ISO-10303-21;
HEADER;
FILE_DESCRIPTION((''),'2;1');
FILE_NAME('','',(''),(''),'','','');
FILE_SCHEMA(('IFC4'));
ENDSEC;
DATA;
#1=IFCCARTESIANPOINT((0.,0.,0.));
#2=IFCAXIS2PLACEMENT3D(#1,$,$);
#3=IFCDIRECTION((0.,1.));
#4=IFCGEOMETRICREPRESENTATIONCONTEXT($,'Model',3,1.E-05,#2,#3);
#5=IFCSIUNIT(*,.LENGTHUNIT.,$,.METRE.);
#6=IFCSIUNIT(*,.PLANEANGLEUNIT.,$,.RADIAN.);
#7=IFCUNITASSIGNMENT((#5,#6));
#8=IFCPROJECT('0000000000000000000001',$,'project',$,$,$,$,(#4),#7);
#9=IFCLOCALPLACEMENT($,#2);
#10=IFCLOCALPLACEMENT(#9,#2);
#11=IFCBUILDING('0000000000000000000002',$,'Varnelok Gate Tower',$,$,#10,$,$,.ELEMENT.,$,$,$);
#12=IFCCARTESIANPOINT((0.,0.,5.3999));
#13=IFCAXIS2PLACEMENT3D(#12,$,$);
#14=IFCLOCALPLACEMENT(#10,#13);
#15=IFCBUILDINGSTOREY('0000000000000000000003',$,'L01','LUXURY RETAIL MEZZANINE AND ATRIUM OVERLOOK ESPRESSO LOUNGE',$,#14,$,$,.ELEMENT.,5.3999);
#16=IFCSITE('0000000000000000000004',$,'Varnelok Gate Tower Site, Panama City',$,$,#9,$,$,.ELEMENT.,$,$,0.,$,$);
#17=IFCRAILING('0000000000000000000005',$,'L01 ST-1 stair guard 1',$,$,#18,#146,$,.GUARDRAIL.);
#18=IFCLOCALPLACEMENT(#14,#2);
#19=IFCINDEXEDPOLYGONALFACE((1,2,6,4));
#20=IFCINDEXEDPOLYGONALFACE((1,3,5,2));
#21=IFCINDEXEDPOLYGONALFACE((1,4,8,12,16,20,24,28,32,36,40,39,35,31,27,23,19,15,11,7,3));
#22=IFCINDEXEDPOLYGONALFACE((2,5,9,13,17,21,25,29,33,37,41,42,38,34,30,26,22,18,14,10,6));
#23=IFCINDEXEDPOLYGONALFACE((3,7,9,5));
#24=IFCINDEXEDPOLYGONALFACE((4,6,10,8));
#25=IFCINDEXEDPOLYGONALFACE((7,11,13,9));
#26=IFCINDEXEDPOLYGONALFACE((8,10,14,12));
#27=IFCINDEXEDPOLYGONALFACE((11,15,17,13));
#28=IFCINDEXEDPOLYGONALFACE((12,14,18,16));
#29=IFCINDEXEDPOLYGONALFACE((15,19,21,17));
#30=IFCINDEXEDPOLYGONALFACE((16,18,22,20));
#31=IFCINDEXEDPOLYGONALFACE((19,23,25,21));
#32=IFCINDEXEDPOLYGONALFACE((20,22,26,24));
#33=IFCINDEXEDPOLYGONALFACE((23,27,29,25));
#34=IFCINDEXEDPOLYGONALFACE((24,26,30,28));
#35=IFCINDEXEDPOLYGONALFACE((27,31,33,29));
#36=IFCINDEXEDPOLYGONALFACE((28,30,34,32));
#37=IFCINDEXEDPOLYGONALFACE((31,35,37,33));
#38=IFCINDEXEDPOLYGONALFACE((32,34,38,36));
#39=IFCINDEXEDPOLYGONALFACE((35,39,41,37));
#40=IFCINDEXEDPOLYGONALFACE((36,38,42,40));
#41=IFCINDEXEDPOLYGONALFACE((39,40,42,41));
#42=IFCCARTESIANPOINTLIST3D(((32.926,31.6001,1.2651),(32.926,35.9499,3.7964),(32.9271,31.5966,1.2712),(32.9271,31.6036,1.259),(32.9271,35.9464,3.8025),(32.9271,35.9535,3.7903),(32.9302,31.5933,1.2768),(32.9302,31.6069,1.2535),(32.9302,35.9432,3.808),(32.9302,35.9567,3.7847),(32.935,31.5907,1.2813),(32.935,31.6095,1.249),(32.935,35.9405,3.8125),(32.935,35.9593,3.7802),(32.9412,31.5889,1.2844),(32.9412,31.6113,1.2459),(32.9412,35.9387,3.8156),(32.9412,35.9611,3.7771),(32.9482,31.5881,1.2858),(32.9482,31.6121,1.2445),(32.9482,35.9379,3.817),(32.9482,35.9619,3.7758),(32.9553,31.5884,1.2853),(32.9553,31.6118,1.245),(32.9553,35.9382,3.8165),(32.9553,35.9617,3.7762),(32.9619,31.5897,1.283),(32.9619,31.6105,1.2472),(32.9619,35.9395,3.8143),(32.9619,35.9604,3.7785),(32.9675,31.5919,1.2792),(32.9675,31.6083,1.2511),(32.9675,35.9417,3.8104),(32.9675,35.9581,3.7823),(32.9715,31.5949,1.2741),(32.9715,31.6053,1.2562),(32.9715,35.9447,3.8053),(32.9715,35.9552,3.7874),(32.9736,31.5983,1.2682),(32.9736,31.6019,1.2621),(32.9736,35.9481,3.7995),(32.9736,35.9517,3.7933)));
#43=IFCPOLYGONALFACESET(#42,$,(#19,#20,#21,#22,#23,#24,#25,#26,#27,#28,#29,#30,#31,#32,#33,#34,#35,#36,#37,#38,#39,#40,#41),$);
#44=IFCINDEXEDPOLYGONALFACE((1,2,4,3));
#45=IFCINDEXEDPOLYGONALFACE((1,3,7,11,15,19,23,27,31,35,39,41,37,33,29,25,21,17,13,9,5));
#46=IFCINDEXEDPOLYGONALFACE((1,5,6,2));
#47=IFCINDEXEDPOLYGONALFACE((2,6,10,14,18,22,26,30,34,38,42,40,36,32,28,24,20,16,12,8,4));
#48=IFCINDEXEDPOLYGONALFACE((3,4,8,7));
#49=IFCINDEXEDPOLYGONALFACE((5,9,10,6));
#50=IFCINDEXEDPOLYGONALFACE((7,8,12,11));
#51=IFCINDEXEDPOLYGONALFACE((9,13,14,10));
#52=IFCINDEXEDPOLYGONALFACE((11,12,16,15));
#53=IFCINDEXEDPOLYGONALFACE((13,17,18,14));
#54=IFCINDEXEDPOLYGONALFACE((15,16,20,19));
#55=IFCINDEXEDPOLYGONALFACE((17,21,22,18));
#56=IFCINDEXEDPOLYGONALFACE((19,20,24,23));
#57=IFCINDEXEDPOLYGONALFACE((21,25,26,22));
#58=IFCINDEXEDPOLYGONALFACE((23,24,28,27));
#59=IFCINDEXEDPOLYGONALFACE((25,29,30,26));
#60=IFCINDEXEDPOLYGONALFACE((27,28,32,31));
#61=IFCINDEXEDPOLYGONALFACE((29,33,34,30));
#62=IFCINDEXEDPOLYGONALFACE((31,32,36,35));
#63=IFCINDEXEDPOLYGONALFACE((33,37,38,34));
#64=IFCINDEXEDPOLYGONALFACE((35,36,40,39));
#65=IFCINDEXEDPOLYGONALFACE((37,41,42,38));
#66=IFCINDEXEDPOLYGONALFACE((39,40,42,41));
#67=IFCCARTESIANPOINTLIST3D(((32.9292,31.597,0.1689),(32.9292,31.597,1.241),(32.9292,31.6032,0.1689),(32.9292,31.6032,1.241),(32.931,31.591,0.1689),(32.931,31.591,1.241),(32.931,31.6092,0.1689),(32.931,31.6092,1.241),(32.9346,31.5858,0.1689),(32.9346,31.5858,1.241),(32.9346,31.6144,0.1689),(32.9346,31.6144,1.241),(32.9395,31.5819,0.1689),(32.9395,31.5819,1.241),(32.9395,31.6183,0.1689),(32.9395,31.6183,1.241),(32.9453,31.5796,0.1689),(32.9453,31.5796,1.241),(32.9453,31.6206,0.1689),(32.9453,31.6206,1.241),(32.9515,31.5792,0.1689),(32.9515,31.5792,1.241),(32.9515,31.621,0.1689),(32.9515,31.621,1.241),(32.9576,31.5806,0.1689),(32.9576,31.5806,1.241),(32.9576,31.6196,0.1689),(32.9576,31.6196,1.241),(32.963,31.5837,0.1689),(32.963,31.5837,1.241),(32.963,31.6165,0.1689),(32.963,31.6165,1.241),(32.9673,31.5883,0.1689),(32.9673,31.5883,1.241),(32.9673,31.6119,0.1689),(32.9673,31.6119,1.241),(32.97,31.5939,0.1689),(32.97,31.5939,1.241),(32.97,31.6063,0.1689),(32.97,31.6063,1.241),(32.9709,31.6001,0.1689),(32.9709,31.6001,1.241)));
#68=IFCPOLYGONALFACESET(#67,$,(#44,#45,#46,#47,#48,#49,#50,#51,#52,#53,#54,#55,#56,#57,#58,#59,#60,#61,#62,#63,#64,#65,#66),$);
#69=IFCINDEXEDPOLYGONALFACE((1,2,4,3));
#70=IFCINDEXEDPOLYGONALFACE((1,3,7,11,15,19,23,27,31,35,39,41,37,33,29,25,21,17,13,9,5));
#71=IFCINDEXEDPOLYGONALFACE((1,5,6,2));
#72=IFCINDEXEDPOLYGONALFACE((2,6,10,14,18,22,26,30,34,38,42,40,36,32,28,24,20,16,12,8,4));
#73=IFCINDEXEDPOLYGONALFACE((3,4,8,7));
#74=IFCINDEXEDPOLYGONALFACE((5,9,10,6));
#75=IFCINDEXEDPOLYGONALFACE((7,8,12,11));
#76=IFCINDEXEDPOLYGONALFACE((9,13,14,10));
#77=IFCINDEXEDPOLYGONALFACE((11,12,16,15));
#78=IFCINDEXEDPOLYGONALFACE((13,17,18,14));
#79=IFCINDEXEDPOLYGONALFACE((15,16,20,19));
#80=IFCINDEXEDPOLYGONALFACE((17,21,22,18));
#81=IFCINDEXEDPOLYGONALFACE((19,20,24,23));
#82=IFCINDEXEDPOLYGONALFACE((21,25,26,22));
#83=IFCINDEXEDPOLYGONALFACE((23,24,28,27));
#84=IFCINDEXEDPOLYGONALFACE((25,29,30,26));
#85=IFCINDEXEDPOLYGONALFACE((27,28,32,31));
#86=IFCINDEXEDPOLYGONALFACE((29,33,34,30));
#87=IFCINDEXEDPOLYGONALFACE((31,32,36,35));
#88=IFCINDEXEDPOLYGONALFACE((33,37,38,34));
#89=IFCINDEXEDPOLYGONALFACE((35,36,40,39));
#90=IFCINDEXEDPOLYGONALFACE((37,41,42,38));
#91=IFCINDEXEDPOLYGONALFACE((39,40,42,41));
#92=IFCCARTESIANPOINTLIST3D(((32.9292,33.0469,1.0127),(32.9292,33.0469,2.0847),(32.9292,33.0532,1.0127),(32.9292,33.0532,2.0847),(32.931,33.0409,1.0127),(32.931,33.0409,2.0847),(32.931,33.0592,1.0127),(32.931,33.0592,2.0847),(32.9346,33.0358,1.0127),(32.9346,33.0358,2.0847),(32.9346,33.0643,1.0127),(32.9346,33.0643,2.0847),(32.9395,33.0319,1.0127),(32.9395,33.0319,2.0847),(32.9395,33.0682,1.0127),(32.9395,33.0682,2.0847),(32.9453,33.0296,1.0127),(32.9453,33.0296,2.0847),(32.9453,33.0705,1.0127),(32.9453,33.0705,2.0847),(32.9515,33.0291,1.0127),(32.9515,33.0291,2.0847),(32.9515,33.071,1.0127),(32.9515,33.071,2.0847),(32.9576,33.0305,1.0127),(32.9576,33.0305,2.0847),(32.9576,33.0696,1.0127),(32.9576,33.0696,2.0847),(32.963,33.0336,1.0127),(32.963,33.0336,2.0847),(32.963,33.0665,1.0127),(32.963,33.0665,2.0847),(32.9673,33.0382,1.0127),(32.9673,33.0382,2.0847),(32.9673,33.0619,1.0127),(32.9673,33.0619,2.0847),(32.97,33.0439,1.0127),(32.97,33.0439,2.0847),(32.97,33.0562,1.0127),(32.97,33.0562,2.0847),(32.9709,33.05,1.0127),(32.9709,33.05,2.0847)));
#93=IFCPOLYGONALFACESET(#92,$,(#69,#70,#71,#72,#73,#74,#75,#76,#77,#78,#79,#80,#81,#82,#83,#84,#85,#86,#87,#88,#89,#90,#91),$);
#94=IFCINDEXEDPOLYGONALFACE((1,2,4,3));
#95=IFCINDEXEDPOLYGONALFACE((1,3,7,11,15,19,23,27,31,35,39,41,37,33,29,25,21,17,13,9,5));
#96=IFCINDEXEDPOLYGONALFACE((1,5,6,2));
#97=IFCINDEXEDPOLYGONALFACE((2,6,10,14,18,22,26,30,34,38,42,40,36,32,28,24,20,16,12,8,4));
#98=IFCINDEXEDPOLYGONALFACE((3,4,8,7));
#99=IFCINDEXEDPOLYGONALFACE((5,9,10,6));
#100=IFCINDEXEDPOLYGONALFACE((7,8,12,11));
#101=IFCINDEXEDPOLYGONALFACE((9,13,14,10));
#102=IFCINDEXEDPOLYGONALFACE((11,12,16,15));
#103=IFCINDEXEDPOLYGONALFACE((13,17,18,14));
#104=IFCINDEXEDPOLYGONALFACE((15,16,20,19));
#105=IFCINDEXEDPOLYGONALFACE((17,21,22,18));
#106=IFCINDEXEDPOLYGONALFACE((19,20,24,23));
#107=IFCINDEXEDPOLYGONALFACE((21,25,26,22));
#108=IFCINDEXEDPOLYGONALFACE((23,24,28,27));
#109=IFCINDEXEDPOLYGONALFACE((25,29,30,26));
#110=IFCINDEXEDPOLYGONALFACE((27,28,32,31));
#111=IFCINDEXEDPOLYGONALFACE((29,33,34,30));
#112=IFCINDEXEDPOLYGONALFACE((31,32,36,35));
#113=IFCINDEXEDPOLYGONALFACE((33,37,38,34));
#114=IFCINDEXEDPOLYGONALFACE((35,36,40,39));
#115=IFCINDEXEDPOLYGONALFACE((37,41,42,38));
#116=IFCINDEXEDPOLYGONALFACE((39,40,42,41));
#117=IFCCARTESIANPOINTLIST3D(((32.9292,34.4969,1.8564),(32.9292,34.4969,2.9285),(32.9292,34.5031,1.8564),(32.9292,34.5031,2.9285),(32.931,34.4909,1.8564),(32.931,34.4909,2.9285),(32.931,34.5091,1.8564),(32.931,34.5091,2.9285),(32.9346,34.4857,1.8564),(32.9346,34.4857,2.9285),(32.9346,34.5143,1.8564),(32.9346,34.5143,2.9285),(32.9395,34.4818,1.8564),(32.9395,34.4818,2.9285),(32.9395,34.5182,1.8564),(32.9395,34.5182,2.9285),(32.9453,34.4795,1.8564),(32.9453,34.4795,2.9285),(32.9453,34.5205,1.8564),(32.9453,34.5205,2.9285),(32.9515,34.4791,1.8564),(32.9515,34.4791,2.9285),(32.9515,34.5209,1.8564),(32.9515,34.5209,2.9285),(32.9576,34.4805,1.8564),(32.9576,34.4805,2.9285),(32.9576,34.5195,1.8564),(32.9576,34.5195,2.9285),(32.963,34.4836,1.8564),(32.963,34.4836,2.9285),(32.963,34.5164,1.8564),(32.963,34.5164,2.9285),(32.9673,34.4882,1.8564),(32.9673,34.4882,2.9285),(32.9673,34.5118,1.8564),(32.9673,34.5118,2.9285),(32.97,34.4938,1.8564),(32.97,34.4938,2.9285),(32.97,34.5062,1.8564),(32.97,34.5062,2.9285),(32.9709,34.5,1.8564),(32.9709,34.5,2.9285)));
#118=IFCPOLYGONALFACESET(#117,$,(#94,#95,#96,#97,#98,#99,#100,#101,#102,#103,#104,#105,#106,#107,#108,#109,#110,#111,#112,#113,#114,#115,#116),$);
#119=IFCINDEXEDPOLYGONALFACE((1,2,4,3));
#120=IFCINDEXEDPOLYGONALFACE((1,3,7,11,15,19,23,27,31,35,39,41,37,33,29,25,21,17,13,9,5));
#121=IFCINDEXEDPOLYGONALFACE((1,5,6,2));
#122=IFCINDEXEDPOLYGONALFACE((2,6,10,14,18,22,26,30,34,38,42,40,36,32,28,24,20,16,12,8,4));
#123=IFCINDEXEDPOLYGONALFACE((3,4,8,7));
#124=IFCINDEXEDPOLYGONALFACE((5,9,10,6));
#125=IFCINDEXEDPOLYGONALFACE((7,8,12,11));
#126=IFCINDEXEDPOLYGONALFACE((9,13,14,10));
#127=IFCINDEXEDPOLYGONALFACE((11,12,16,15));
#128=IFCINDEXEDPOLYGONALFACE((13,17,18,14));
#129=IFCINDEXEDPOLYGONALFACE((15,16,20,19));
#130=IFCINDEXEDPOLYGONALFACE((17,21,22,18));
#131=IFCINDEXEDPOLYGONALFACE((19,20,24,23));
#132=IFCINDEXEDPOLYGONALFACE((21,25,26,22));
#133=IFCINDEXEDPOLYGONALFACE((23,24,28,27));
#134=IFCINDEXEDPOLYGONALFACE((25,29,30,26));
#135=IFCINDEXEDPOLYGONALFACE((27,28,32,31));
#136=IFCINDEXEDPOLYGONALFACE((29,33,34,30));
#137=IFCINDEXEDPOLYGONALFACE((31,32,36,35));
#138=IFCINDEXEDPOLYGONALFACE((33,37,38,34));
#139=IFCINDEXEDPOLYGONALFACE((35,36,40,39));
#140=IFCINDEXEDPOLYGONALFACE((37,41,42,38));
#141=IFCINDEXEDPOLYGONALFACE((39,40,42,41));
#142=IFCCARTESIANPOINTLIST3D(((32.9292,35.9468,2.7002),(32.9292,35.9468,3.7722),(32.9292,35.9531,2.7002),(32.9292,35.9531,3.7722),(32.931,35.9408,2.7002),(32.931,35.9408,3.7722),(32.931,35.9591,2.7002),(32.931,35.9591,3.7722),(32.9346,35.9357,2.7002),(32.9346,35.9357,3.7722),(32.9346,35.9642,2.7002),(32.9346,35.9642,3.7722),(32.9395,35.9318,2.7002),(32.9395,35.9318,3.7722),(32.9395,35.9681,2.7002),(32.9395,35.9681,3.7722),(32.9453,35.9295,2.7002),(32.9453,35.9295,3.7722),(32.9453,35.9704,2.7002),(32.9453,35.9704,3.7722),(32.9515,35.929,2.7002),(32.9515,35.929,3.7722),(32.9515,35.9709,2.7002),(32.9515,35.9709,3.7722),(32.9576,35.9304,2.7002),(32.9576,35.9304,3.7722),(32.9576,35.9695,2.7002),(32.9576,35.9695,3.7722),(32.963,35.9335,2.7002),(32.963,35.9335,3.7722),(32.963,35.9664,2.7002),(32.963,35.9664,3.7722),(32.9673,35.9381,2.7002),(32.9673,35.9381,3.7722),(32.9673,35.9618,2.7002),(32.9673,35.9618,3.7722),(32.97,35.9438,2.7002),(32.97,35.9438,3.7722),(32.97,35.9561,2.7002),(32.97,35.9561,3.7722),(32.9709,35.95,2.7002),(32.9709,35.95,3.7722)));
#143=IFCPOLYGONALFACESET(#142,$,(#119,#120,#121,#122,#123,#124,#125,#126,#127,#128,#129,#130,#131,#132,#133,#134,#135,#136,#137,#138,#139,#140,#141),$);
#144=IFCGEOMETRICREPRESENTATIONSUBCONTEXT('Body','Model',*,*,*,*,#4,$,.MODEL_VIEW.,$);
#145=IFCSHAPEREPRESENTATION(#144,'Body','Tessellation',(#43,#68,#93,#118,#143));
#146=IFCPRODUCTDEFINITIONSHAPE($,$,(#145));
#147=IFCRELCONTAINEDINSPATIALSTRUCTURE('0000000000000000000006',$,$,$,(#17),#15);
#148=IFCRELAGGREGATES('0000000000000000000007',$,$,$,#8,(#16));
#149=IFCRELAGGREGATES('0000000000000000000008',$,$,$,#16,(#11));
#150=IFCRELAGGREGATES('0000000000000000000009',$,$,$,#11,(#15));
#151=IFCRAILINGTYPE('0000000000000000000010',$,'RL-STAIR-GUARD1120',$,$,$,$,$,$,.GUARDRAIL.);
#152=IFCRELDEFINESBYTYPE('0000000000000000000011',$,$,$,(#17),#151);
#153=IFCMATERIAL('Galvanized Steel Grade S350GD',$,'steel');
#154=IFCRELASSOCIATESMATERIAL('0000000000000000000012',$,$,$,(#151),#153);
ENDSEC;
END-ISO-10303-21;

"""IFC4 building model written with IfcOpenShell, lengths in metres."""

from ifc_helpers import new_model, si_unit, direction, frame, origin, origin_2d, place, context, subcontext, project, spatial, circle, extrude, material, type_object, element, save


model = new_model("IFC4")

# Units and contexts
model_context = context("Model", 3, precision=1e-05, world=origin(), true_north=direction((0.0, 1.0)))
body_context = subcontext(model_context, "Body", "Model", "MODEL_VIEW")
ifc_project = project(units=[si_unit("LENGTHUNIT", "METRE"), si_unit("PLANEANGLEUNIT", "RADIAN")], contexts=[model_context])

# Site, building, storey
site_placement = place(None, origin())
site = spatial("IfcSite", under=ifc_project, at=site_placement, Name="Varnelok Gate Tower Site, Panama City", CompositionType="ELEMENT", RefElevation=0.0)
building_placement = place(site_placement, origin())
building = spatial("IfcBuilding", under=site, at=building_placement, Name="Varnelok Gate Tower", CompositionType="ELEMENT")
storey_placement = place(building_placement, frame((0.0, 0.0, 5.3999)))
storey = spatial("IfcBuildingStorey", under=building, at=storey_placement, Name="L01", Description="LUXURY RETAIL MEZZANINE AND ATRIUM OVERLOOK ESPRESSO LOUNGE", CompositionType="ELEMENT", Elevation=5.3999)

# Shared definitions
ifc_material_1 = material(Name="Galvanized Steel Grade S350GD", Category="steel")

# Railing
railing_type = type_object("IfcRailingType", Name="RL-STAIR-GUARD1120", PredefinedType="GUARDRAIL", material=ifc_material_1)
railing_1_placement = place(storey_placement, frame((32.95, 31.6001, 0.1689)))
element("IfcRailing", 1, at=railing_1_placement, inside=storey, type_object=railing_type, Name="L01 ST-1 stair guard 1", PredefinedType="GUARDRAIL", context=body_context, shape_type="SweptSolid", body=[
    extrude(circle(Radius=0.0239, at=origin_2d()), frame((0.0, 0.0, 1.0962), z_axis=(0.0, 0.864312, 0.502957), x_axis=(-1.0, 0.0, 0.0)), (0.0, 0.0, 1.0), 5.0327),
    extrude(circle(Radius=0.021, at=origin_2d()), origin(), (0.0, 0.0, 1.0), 1.072),
    extrude(circle(Radius=0.021, at=origin_2d()), frame((0.0, 1.45, 0.8438)), (0.0, 0.0, 1.0), 1.072),
    extrude(circle(Radius=0.021, at=origin_2d()), frame((0.0, 2.8999, 1.6875)), (0.0, 0.0, 1.0), 1.072),
    extrude(circle(Radius=0.021, at=origin_2d()), frame((0.0, 4.3499, 2.5312)), (0.0, 0.0, 1.0), 1.072),
])

save(model, "model.ifc")
